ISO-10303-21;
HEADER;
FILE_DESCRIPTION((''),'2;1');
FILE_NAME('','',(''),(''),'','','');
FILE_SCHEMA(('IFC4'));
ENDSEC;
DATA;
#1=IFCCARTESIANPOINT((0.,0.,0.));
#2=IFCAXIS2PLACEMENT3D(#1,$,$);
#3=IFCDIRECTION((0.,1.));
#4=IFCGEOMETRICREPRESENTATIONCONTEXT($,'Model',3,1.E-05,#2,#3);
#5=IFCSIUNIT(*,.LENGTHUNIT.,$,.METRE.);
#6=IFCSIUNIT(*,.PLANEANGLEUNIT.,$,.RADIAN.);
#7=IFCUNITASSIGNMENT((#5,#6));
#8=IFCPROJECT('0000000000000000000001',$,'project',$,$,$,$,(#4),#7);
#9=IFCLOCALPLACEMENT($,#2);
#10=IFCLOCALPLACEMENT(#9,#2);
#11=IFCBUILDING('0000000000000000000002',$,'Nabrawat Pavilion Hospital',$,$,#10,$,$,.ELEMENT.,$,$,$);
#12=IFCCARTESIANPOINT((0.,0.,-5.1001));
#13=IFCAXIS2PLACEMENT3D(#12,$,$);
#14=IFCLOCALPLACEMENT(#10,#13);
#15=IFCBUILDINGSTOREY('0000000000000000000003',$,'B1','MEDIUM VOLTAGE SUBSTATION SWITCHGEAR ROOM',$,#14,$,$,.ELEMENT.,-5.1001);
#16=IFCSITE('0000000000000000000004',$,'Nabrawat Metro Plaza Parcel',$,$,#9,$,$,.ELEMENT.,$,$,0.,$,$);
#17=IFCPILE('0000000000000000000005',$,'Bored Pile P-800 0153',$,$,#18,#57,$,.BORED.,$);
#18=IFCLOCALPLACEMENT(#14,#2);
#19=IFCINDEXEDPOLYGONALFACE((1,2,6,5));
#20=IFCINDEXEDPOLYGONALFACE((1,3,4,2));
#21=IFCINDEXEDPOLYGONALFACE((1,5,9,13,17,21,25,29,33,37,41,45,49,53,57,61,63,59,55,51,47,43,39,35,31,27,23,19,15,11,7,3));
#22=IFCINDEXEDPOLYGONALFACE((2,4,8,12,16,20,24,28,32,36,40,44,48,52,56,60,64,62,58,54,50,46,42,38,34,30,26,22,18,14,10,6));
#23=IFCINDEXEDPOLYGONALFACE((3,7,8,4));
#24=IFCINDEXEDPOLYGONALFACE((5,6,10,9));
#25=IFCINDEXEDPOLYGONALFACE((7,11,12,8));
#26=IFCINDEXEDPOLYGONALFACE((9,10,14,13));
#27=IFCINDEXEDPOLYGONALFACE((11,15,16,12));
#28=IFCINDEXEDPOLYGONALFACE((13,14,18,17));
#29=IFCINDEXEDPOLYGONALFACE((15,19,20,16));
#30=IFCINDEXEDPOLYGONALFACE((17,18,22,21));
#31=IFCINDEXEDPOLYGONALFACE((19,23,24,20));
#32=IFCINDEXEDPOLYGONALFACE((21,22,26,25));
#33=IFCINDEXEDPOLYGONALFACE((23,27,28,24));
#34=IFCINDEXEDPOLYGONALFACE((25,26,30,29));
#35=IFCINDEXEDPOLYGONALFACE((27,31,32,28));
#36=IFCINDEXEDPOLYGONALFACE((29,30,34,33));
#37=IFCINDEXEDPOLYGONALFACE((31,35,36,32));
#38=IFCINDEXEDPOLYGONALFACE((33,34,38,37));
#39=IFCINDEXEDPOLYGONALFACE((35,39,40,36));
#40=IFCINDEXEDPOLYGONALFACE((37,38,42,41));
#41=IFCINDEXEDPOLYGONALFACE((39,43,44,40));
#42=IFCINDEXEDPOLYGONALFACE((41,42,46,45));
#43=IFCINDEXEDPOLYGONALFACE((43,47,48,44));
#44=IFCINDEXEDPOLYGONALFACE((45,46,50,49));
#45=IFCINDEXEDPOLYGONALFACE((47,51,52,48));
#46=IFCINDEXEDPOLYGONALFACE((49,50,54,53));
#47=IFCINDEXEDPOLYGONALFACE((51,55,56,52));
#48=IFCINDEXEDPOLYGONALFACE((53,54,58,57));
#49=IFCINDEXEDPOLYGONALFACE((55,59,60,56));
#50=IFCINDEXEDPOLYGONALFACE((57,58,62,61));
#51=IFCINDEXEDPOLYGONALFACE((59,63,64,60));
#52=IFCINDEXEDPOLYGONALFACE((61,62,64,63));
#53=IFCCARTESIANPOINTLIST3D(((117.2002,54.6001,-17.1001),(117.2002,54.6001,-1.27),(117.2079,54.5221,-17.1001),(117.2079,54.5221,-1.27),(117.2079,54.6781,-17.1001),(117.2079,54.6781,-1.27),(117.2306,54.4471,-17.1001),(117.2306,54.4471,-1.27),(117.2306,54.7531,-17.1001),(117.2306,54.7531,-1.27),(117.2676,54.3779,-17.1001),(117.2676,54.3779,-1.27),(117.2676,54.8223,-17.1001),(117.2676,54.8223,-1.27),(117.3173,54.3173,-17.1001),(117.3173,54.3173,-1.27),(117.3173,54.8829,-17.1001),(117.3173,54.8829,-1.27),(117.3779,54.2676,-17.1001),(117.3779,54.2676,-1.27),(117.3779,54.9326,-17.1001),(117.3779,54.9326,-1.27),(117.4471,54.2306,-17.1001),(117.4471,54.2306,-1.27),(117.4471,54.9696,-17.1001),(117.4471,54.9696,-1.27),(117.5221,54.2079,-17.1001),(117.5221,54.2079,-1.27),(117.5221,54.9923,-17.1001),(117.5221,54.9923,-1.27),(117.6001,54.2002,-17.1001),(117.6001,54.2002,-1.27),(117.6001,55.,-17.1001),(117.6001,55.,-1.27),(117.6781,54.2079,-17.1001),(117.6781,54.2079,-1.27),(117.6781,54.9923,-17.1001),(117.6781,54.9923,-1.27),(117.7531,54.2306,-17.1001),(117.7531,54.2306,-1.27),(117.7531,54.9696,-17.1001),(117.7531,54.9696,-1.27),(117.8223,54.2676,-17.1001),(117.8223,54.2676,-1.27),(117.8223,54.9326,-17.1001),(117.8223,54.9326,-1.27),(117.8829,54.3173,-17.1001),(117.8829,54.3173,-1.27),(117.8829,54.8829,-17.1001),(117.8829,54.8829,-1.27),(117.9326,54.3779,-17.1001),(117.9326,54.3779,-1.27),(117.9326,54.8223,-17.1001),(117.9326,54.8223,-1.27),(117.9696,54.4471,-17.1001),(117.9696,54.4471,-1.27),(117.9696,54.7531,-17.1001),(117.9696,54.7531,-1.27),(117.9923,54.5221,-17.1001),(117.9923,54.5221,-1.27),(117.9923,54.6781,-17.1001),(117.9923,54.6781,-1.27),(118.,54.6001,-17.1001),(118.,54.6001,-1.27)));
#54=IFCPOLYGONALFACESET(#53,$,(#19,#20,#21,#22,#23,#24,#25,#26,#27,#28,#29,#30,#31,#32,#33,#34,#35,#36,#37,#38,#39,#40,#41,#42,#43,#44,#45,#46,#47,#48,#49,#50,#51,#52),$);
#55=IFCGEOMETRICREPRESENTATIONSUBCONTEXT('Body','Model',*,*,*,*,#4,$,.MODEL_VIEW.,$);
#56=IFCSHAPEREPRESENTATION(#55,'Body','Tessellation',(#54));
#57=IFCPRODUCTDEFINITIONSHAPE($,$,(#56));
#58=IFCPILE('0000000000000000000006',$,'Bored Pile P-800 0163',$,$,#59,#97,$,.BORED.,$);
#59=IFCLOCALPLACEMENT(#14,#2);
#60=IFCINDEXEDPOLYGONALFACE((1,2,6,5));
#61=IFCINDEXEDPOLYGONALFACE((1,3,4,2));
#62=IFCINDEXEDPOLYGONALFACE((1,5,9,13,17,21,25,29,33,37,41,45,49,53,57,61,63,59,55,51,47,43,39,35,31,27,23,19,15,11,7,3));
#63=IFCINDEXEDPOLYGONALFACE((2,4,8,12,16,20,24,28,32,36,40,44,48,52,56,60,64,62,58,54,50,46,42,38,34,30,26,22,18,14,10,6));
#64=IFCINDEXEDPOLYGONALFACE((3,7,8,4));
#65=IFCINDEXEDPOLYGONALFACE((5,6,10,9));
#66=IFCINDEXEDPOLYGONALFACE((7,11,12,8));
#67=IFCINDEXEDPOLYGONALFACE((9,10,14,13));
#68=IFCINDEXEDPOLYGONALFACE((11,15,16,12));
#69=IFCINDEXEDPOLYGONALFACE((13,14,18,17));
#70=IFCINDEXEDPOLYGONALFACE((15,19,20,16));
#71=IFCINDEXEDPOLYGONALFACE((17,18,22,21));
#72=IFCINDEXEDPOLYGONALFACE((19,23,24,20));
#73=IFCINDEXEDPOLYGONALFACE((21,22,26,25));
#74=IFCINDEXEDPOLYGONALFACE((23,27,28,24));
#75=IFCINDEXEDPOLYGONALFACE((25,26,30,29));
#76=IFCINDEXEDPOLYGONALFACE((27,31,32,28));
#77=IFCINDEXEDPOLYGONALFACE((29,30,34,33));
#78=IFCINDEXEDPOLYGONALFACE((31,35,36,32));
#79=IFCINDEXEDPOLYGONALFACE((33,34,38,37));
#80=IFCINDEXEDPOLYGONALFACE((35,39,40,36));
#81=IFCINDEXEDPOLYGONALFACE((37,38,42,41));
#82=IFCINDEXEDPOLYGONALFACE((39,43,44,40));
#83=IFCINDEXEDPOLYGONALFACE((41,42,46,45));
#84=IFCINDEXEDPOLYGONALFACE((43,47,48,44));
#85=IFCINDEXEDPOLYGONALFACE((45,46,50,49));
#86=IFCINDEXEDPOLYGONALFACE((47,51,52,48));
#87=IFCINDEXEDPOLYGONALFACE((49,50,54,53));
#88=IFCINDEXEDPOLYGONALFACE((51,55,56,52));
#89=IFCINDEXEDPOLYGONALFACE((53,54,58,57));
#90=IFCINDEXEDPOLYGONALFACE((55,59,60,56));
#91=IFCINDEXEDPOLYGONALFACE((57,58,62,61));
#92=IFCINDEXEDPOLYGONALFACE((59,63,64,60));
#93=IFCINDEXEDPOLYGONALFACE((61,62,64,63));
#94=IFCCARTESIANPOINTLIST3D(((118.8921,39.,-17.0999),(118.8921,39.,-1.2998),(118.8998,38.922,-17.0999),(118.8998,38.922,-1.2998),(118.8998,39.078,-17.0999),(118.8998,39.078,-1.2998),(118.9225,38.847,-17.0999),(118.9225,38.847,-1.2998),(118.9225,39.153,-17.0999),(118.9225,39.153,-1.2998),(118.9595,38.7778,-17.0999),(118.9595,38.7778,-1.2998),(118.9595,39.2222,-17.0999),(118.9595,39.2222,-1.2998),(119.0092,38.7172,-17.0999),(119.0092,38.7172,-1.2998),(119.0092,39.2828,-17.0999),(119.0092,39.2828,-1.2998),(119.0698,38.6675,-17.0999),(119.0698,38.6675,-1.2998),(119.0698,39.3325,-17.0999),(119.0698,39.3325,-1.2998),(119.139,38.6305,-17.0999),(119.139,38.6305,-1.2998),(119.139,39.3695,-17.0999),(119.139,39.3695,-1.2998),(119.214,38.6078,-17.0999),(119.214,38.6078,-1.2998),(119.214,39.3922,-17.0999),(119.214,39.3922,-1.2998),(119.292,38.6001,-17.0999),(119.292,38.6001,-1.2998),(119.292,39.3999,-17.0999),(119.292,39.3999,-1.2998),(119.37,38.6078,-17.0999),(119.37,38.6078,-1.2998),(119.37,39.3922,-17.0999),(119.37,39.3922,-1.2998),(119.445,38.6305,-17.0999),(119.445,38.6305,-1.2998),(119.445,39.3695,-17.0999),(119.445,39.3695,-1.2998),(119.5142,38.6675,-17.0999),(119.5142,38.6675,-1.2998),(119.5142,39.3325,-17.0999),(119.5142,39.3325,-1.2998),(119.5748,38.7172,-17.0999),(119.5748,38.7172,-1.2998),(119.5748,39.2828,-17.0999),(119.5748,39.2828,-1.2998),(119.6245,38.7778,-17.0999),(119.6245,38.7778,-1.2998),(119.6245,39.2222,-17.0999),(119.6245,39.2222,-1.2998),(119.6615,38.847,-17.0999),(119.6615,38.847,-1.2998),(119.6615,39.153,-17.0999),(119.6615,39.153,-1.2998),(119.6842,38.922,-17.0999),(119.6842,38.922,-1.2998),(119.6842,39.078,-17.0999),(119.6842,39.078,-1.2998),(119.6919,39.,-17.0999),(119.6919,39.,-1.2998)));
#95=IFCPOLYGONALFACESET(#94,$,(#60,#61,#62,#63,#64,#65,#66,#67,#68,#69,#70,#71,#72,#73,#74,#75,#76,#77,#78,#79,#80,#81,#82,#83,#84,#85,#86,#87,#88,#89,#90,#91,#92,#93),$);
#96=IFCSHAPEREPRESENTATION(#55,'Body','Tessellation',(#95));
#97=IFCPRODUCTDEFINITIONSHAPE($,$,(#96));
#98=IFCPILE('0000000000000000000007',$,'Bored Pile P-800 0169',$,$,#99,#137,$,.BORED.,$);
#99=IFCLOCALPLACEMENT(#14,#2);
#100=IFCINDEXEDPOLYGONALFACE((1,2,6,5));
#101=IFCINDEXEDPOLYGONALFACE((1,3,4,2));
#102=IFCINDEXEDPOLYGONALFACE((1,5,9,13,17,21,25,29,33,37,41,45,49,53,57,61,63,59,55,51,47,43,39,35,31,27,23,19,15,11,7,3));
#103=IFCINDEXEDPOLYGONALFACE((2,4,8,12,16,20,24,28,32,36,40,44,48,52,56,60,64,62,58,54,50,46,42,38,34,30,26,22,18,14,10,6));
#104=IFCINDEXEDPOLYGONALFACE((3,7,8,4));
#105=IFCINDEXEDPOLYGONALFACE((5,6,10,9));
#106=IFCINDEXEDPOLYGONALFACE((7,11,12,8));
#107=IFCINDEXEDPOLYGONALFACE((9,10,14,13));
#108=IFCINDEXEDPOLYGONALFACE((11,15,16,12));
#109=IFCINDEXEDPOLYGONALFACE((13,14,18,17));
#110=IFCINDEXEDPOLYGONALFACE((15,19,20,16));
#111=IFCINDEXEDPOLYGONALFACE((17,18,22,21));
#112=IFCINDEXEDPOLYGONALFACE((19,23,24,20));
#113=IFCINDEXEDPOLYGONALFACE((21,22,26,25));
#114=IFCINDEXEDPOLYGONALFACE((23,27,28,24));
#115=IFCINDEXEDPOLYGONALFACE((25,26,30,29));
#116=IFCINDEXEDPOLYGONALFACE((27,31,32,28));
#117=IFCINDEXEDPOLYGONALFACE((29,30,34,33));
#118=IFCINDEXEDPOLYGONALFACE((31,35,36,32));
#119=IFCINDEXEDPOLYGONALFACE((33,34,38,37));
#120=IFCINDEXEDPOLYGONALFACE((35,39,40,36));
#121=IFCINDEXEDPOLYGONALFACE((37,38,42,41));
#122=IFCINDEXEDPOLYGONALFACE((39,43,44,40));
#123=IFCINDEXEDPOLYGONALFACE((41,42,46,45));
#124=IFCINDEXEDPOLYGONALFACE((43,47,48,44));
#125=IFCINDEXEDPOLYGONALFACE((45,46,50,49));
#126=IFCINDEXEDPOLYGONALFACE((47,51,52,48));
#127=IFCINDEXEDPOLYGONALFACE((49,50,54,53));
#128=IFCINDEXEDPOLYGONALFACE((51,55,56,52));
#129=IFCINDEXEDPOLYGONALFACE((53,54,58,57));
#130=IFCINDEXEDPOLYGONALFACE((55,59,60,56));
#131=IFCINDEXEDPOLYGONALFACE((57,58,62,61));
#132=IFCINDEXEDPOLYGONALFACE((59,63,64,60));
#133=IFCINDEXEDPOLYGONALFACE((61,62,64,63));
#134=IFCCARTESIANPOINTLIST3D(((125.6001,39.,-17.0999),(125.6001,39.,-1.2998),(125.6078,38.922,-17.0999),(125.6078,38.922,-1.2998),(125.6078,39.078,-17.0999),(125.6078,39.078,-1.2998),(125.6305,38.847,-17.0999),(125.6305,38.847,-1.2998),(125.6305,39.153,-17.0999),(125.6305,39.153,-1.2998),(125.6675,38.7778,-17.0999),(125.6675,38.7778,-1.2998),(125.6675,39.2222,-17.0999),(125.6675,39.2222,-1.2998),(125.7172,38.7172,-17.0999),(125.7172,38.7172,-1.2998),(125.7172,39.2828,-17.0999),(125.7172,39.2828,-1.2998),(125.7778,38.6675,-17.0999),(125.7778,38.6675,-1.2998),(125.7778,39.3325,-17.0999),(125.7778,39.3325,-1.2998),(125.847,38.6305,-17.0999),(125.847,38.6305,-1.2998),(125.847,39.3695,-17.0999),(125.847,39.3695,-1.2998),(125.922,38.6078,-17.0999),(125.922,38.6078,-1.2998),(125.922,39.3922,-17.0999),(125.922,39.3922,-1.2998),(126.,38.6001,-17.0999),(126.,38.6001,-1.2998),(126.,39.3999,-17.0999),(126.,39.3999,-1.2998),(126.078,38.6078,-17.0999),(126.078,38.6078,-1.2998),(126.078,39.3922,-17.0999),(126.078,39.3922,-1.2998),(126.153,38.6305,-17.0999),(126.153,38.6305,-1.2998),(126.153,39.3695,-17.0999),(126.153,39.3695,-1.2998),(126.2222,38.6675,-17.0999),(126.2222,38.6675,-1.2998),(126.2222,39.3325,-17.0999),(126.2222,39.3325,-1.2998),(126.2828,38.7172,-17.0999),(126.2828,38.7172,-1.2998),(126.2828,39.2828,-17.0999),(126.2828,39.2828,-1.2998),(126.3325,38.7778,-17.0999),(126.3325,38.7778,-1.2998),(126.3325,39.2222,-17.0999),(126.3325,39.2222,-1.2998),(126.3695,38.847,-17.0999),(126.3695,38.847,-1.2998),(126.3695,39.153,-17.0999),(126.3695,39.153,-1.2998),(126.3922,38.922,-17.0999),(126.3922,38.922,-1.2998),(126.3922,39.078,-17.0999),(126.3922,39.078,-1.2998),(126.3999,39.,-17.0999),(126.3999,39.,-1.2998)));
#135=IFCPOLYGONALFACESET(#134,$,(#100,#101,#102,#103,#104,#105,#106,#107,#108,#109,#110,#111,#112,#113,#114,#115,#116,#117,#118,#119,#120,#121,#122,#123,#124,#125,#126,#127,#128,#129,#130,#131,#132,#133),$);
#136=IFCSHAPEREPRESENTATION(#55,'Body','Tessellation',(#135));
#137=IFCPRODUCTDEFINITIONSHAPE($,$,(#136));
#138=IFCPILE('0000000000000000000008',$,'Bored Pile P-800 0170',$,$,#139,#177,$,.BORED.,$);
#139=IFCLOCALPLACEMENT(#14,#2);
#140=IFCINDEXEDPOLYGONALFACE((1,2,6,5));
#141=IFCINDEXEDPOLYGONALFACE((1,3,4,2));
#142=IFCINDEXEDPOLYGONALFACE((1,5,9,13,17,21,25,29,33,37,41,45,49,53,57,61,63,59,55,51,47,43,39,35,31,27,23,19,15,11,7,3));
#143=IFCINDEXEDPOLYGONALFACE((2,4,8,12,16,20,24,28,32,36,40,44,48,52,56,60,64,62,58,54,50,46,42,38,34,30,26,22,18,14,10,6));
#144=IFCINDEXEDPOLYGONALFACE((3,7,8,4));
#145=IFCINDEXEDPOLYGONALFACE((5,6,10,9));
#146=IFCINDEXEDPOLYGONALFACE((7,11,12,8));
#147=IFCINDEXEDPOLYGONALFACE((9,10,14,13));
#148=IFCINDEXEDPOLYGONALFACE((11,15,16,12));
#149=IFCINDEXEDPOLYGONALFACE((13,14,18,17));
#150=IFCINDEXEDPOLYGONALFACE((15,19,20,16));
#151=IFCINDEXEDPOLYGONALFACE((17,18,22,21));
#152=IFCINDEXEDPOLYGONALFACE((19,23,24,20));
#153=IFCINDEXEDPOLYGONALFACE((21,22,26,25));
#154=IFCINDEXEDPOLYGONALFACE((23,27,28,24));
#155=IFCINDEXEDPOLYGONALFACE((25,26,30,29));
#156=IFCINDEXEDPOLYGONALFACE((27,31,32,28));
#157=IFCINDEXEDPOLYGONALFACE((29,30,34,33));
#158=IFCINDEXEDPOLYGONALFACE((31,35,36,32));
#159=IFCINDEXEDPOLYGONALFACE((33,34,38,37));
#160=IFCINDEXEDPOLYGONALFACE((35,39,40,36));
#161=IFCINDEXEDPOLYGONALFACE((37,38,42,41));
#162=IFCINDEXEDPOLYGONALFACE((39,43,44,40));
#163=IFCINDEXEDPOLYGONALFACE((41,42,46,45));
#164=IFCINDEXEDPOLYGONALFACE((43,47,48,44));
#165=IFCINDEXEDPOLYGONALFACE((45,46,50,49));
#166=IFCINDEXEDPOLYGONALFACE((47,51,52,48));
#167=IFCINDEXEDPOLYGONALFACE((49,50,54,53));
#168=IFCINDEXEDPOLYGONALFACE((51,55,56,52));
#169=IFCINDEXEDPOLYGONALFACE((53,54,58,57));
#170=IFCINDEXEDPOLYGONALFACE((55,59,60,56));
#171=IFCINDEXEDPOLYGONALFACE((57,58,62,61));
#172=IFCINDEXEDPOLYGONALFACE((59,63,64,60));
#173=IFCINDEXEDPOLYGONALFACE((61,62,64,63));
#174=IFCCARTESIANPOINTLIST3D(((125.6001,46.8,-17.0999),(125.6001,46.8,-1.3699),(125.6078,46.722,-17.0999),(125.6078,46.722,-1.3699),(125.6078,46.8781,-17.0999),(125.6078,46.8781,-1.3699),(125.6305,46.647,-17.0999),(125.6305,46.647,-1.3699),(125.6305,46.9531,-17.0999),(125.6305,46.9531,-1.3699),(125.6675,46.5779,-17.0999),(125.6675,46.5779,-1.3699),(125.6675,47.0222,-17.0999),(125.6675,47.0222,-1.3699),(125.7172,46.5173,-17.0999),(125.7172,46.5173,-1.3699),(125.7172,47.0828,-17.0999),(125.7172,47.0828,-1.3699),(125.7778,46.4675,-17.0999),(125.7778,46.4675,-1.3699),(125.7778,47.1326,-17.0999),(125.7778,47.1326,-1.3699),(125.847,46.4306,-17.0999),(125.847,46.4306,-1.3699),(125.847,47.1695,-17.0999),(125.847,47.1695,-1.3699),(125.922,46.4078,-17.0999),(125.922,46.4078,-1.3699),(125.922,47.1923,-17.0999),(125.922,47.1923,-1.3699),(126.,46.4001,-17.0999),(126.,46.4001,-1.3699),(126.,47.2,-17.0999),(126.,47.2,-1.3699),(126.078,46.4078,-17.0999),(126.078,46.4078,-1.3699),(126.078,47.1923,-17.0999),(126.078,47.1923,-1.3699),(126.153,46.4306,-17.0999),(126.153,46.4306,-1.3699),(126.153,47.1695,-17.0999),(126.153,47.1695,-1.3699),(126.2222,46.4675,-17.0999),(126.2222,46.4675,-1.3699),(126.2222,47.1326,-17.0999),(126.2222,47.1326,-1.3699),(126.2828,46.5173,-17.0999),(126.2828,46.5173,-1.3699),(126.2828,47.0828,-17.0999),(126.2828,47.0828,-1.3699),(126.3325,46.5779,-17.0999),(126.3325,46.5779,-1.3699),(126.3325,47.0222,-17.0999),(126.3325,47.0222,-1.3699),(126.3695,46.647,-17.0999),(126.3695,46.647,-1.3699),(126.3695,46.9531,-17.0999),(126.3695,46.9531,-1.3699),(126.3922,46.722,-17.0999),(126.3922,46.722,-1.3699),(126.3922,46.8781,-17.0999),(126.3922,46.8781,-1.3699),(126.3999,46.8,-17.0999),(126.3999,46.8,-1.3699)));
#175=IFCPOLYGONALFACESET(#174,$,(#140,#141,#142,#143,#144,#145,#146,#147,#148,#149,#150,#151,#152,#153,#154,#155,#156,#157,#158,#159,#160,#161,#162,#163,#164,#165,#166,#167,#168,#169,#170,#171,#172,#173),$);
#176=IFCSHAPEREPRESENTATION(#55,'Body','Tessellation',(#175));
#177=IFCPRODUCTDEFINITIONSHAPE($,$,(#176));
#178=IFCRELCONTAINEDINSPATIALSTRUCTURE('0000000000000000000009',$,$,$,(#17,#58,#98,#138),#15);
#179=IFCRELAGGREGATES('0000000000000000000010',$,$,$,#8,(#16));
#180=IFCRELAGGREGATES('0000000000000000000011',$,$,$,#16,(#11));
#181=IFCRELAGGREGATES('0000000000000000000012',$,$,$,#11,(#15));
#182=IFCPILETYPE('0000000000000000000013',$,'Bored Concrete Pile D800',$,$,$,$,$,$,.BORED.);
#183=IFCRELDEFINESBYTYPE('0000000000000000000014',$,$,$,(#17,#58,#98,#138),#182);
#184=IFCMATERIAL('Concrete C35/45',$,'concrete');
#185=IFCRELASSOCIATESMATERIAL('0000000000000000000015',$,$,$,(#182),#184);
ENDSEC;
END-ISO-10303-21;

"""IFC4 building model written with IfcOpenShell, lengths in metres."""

from ifc_helpers import new_model, si_unit, direction, frame, origin, origin_2d, place, context, subcontext, project, spatial, circle, extrude, material, material_profile, profile_set, type_object, element, save


model = new_model("IFC4")

# Units and contexts
model_context = context("Model", 3, precision=1e-05, world=origin(), true_north=direction((0.0, 1.0)))
body_context = subcontext(model_context, "Body", "Model", "MODEL_VIEW")
ifc_project = project(units=[si_unit("LENGTHUNIT", "METRE"), si_unit("PLANEANGLEUNIT", "RADIAN")], contexts=[model_context])

# Site, building, storey
site_placement = place(None, origin())
site = spatial("IfcSite", under=ifc_project, at=site_placement, Name="Nabrawat Metro Plaza Parcel", CompositionType="ELEMENT", RefElevation=0.0)
building_placement = place(site_placement, origin())
building = spatial("IfcBuilding", under=site, at=building_placement, Name="Nabrawat Pavilion Hospital", CompositionType="ELEMENT")
storey_placement = place(building_placement, frame((0.0, 0.0, -5.1001)))
storey = spatial("IfcBuildingStorey", under=building, at=storey_placement, Name="B1", Description="MEDIUM VOLTAGE SUBSTATION SWITCHGEAR ROOM", CompositionType="ELEMENT", Elevation=-5.1001)

# Piles
ifc_material_1 = material(Name="Concrete C35/45", Category="concrete")
ifc_material_profile_1 = material_profile(ifc_material_1, circle(Radius=0.3999, at=origin_2d()), Name="DIA 800")
ifc_profile_set_1 = profile_set([ifc_material_profile_1], Name="Concrete C35/45")
pile_type_1 = type_object("IfcPileType", Name="Bored Concrete Pile D800", PredefinedType="BORED", material=ifc_profile_set_1)
pile_1_placement = place(storey_placement, frame((117.6001, 54.6001, -1.27), z_axis=(0.0, 0.0, -1.0), x_axis=(1.0, 0.0, 0.0)))
element("IfcPile", 1, at=pile_1_placement, inside=storey, type_object=pile_type_1, Name="Bored Pile P-800 0153", PredefinedType="BORED", context=body_context, shape_type="SweptSolid", body=[
    extrude(circle(Radius=0.3999, at=origin_2d()), origin(), (0.0, 0.0, 1.0), 15.8301),
])
for number, where, z_axis, x_axis, name in (
    (2, (119.292, 39.0, -1.2998), (0.0, 0.0, -1.0), (1.0, 0.0, 0.0), "Bored Pile P-800 0163"),
    (3, (126.0, 39.0, -1.2998), (0.0, 0.0, -1.0), (1.0, 0.0, 0.0), "Bored Pile P-800 0169"),
):
    element("IfcPile", number, at=place(storey_placement, frame(where, z_axis=z_axis, x_axis=x_axis)), inside=storey, type_object=pile_type_1, Name=name, PredefinedType="BORED", context=body_context, shape_type="SweptSolid", body=[
        extrude(circle(Radius=0.3999, at=origin_2d()), origin(), (0.0, 0.0, 1.0), 15.8),
    ])
for number, where, z_axis, x_axis, name in (
    (4, (126.0, 46.8, -1.3699), (0.0, 0.0, -1.0), (1.0, 0.0, 0.0), "Bored Pile P-800 0170"),
):
    element("IfcPile", number, at=place(storey_placement, frame(where, z_axis=z_axis, x_axis=x_axis)), inside=storey, type_object=pile_type_1, Name=name, PredefinedType="BORED", context=body_context, shape_type="SweptSolid", body=[
        extrude(circle(Radius=0.3999, at=origin_2d()), origin(), (0.0, 0.0, 1.0), 15.73),
    ])

save(model, "model.ifc")
